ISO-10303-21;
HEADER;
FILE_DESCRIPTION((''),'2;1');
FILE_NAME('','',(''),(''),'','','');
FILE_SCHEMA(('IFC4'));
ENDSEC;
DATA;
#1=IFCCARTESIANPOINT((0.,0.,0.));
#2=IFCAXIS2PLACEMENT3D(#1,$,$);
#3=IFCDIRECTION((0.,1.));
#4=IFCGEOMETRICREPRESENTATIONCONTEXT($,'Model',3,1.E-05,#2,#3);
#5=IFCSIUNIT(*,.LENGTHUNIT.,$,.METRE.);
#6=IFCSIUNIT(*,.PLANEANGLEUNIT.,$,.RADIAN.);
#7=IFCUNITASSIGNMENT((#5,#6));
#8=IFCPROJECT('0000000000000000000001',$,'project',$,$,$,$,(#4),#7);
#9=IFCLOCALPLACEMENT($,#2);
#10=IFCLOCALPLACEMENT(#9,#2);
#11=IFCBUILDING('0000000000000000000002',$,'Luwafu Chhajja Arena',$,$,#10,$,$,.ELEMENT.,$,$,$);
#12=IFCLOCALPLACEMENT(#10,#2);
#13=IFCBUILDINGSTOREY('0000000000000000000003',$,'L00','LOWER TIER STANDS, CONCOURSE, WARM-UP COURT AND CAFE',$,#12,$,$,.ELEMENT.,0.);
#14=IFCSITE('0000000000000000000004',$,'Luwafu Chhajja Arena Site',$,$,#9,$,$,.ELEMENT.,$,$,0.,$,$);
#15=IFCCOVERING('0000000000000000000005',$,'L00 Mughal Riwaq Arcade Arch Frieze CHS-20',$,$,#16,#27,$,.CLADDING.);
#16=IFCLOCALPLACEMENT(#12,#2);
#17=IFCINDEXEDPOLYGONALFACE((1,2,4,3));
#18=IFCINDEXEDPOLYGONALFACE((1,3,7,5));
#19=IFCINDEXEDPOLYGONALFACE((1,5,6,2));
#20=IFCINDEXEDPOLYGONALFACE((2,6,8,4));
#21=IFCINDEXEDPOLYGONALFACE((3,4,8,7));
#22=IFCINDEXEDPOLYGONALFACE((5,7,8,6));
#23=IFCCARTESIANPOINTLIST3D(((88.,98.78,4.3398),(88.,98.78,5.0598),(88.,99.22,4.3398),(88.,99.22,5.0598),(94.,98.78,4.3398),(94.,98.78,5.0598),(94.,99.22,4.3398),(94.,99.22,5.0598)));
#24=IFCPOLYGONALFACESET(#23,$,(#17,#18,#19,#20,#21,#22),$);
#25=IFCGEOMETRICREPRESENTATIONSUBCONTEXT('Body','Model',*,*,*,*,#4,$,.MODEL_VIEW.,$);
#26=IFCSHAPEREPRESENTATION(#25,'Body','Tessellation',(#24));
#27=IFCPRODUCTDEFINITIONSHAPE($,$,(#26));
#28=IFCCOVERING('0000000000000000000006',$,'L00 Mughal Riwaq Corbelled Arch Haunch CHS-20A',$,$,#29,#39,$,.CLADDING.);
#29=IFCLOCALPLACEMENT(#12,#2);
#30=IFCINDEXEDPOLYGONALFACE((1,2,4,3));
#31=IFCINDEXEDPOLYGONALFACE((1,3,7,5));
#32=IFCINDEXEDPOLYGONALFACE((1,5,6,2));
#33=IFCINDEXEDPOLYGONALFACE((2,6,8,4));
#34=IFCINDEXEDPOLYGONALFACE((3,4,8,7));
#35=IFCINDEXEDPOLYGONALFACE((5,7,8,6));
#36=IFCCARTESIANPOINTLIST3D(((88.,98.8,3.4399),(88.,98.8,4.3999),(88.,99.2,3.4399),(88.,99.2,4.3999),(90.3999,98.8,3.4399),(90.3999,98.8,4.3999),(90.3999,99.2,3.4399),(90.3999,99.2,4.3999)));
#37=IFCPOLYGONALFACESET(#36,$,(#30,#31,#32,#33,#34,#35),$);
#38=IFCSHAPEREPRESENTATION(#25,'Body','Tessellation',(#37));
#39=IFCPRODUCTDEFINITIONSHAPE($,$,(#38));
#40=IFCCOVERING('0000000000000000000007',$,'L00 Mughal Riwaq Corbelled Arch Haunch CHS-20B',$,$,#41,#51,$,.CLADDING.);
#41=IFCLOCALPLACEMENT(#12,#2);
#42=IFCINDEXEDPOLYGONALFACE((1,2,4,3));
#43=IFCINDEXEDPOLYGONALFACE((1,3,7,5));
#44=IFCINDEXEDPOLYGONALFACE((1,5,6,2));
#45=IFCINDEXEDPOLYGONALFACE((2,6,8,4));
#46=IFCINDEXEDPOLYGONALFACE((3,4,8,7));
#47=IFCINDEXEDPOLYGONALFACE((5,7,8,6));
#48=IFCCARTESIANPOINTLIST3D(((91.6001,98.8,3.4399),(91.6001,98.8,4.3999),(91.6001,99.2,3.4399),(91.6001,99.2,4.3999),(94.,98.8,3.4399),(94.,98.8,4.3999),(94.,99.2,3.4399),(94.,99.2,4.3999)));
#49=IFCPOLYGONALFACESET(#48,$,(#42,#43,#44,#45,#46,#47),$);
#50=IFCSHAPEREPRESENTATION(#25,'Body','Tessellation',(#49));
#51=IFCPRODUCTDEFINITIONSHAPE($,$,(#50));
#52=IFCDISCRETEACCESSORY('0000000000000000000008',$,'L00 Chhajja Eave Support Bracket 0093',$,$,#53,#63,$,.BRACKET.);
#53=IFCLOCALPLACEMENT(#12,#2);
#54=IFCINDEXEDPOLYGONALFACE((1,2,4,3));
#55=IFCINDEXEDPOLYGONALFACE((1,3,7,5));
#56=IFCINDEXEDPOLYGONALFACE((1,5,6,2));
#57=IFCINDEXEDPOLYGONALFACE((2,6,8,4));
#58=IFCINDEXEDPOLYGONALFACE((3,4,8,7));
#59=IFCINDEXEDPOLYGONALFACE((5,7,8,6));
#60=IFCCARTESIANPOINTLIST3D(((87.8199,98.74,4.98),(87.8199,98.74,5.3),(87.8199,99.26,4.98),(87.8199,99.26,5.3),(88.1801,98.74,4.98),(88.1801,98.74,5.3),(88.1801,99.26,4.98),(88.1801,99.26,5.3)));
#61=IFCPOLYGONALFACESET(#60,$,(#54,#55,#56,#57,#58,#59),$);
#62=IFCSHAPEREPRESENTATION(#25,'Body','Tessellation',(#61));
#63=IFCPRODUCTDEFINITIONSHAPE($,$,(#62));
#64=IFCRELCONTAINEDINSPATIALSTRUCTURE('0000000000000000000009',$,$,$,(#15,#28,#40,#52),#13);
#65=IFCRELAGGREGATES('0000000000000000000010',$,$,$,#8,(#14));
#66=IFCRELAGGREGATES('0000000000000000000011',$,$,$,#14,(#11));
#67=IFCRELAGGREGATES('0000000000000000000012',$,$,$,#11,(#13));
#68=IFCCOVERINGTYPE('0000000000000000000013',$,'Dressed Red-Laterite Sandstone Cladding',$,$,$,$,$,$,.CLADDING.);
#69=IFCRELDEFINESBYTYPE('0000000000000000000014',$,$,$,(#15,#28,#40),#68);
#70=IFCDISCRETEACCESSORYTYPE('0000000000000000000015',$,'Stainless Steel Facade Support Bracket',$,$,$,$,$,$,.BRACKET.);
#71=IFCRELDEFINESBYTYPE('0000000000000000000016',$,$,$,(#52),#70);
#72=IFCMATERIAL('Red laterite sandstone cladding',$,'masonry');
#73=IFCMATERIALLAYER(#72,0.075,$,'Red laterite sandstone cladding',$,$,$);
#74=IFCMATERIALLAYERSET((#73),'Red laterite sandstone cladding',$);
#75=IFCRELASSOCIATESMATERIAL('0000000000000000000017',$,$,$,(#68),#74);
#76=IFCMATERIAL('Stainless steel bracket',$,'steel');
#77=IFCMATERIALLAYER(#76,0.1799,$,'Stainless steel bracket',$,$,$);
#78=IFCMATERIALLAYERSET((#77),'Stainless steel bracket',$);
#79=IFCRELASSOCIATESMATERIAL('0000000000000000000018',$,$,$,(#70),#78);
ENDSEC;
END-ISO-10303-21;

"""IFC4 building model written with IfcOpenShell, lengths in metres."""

from ifc_helpers import new_model, si_unit, direction, frame, origin, origin_2d, place, context, subcontext, project, spatial, rectangle, extrude, material, layer, layer_set, type_object, element, save


model = new_model("IFC4")

# Units and contexts
model_context = context("Model", 3, precision=1e-05, world=origin(), true_north=direction((0.0, 1.0)))
body_context = subcontext(model_context, "Body", "Model", "MODEL_VIEW")
ifc_project = project(units=[si_unit("LENGTHUNIT", "METRE"), si_unit("PLANEANGLEUNIT", "RADIAN")], contexts=[model_context])

# Site, building, storey
site_placement = place(None, origin())
site = spatial("IfcSite", under=ifc_project, at=site_placement, Name="Luwafu Chhajja Arena Site", CompositionType="ELEMENT", RefElevation=0.0)
building_placement = place(site_placement, origin())
building = spatial("IfcBuilding", under=site, at=building_placement, Name="Luwafu Chhajja Arena", CompositionType="ELEMENT")
storey_placement = place(building_placement, origin())
storey = spatial("IfcBuildingStorey", under=building, at=storey_placement, Name="L00", Description="LOWER TIER STANDS, CONCOURSE, WARM-UP COURT AND CAFE", CompositionType="ELEMENT", Elevation=0.0)

# Coverings
ifc_material_1 = material(Name="Red laterite sandstone cladding", Category="masonry")
ifc_layer_1 = layer(ifc_material_1, 0.075, Name="Red laterite sandstone cladding")
ifc_layer_set_1 = layer_set([ifc_layer_1], Name="Red laterite sandstone cladding")
covering_type = type_object("IfcCoveringType", Name="Dressed Red-Laterite Sandstone Cladding", PredefinedType="CLADDING", material=ifc_layer_set_1)
covering_1_placement = place(storey_placement, frame((91.0, 99.0, 4.3398), z_axis=(0.0, 0.0, 1.0), x_axis=(1.0, 0.0, 0.0)))
element("IfcCovering", 1, at=covering_1_placement, inside=storey, type_object=covering_type, Name="L00 Mughal Riwaq Arcade Arch Frieze CHS-20", PredefinedType="CLADDING", context=body_context, shape_type="SweptSolid", body=[
    extrude(rectangle(XDim=6.0, YDim=0.4399, at=origin_2d()), origin(), (0.0, 0.0, 1.0), 0.72),
])
for number, where, z_axis, x_axis, name in (
    (2, (89.2, 99.0, 3.4399), (0.0, 0.0, 1.0), (1.0, 0.0, 0.0), "L00 Mughal Riwaq Corbelled Arch Haunch CHS-20A"),
    (3, (92.8, 99.0, 3.4399), (0.0, 0.0, 1.0), (1.0, 0.0, 0.0), "L00 Mughal Riwaq Corbelled Arch Haunch CHS-20B"),
):
    element("IfcCovering", number, at=place(storey_placement, frame(where, z_axis=z_axis, x_axis=x_axis)), inside=storey, type_object=covering_type, Name=name, PredefinedType="CLADDING", context=body_context, shape_type="SweptSolid", body=[
        extrude(rectangle(XDim=2.3999, YDim=0.3999, at=origin_2d()), origin(), (0.0, 0.0, 1.0), 0.96),
    ])

# Discrete accessory
ifc_material_2 = material(Name="Stainless steel bracket", Category="steel")
ifc_layer_2 = layer(ifc_material_2, 0.1799, Name="Stainless steel bracket")
ifc_layer_set_2 = layer_set([ifc_layer_2], Name="Stainless steel bracket")
discrete_accessory_type = type_object("IfcDiscreteAccessoryType", Name="Stainless Steel Facade Support Bracket", PredefinedType="BRACKET", material=ifc_layer_set_2)
discrete_accessory_placement = place(storey_placement, frame((88.0, 99.0, 4.98), z_axis=(0.0, 0.0, 1.0), x_axis=(1.0, 0.0, 0.0)))
element("IfcDiscreteAccessory", 4, at=discrete_accessory_placement, inside=storey, type_object=discrete_accessory_type, Name="L00 Chhajja Eave Support Bracket 0093", PredefinedType="BRACKET", context=body_context, shape_type="SweptSolid", body=[
    extrude(rectangle(XDim=0.3601, YDim=0.52, at=origin_2d()), origin(), (0.0, 0.0, 1.0), 0.3201),
])

save(model, "model.ifc")
